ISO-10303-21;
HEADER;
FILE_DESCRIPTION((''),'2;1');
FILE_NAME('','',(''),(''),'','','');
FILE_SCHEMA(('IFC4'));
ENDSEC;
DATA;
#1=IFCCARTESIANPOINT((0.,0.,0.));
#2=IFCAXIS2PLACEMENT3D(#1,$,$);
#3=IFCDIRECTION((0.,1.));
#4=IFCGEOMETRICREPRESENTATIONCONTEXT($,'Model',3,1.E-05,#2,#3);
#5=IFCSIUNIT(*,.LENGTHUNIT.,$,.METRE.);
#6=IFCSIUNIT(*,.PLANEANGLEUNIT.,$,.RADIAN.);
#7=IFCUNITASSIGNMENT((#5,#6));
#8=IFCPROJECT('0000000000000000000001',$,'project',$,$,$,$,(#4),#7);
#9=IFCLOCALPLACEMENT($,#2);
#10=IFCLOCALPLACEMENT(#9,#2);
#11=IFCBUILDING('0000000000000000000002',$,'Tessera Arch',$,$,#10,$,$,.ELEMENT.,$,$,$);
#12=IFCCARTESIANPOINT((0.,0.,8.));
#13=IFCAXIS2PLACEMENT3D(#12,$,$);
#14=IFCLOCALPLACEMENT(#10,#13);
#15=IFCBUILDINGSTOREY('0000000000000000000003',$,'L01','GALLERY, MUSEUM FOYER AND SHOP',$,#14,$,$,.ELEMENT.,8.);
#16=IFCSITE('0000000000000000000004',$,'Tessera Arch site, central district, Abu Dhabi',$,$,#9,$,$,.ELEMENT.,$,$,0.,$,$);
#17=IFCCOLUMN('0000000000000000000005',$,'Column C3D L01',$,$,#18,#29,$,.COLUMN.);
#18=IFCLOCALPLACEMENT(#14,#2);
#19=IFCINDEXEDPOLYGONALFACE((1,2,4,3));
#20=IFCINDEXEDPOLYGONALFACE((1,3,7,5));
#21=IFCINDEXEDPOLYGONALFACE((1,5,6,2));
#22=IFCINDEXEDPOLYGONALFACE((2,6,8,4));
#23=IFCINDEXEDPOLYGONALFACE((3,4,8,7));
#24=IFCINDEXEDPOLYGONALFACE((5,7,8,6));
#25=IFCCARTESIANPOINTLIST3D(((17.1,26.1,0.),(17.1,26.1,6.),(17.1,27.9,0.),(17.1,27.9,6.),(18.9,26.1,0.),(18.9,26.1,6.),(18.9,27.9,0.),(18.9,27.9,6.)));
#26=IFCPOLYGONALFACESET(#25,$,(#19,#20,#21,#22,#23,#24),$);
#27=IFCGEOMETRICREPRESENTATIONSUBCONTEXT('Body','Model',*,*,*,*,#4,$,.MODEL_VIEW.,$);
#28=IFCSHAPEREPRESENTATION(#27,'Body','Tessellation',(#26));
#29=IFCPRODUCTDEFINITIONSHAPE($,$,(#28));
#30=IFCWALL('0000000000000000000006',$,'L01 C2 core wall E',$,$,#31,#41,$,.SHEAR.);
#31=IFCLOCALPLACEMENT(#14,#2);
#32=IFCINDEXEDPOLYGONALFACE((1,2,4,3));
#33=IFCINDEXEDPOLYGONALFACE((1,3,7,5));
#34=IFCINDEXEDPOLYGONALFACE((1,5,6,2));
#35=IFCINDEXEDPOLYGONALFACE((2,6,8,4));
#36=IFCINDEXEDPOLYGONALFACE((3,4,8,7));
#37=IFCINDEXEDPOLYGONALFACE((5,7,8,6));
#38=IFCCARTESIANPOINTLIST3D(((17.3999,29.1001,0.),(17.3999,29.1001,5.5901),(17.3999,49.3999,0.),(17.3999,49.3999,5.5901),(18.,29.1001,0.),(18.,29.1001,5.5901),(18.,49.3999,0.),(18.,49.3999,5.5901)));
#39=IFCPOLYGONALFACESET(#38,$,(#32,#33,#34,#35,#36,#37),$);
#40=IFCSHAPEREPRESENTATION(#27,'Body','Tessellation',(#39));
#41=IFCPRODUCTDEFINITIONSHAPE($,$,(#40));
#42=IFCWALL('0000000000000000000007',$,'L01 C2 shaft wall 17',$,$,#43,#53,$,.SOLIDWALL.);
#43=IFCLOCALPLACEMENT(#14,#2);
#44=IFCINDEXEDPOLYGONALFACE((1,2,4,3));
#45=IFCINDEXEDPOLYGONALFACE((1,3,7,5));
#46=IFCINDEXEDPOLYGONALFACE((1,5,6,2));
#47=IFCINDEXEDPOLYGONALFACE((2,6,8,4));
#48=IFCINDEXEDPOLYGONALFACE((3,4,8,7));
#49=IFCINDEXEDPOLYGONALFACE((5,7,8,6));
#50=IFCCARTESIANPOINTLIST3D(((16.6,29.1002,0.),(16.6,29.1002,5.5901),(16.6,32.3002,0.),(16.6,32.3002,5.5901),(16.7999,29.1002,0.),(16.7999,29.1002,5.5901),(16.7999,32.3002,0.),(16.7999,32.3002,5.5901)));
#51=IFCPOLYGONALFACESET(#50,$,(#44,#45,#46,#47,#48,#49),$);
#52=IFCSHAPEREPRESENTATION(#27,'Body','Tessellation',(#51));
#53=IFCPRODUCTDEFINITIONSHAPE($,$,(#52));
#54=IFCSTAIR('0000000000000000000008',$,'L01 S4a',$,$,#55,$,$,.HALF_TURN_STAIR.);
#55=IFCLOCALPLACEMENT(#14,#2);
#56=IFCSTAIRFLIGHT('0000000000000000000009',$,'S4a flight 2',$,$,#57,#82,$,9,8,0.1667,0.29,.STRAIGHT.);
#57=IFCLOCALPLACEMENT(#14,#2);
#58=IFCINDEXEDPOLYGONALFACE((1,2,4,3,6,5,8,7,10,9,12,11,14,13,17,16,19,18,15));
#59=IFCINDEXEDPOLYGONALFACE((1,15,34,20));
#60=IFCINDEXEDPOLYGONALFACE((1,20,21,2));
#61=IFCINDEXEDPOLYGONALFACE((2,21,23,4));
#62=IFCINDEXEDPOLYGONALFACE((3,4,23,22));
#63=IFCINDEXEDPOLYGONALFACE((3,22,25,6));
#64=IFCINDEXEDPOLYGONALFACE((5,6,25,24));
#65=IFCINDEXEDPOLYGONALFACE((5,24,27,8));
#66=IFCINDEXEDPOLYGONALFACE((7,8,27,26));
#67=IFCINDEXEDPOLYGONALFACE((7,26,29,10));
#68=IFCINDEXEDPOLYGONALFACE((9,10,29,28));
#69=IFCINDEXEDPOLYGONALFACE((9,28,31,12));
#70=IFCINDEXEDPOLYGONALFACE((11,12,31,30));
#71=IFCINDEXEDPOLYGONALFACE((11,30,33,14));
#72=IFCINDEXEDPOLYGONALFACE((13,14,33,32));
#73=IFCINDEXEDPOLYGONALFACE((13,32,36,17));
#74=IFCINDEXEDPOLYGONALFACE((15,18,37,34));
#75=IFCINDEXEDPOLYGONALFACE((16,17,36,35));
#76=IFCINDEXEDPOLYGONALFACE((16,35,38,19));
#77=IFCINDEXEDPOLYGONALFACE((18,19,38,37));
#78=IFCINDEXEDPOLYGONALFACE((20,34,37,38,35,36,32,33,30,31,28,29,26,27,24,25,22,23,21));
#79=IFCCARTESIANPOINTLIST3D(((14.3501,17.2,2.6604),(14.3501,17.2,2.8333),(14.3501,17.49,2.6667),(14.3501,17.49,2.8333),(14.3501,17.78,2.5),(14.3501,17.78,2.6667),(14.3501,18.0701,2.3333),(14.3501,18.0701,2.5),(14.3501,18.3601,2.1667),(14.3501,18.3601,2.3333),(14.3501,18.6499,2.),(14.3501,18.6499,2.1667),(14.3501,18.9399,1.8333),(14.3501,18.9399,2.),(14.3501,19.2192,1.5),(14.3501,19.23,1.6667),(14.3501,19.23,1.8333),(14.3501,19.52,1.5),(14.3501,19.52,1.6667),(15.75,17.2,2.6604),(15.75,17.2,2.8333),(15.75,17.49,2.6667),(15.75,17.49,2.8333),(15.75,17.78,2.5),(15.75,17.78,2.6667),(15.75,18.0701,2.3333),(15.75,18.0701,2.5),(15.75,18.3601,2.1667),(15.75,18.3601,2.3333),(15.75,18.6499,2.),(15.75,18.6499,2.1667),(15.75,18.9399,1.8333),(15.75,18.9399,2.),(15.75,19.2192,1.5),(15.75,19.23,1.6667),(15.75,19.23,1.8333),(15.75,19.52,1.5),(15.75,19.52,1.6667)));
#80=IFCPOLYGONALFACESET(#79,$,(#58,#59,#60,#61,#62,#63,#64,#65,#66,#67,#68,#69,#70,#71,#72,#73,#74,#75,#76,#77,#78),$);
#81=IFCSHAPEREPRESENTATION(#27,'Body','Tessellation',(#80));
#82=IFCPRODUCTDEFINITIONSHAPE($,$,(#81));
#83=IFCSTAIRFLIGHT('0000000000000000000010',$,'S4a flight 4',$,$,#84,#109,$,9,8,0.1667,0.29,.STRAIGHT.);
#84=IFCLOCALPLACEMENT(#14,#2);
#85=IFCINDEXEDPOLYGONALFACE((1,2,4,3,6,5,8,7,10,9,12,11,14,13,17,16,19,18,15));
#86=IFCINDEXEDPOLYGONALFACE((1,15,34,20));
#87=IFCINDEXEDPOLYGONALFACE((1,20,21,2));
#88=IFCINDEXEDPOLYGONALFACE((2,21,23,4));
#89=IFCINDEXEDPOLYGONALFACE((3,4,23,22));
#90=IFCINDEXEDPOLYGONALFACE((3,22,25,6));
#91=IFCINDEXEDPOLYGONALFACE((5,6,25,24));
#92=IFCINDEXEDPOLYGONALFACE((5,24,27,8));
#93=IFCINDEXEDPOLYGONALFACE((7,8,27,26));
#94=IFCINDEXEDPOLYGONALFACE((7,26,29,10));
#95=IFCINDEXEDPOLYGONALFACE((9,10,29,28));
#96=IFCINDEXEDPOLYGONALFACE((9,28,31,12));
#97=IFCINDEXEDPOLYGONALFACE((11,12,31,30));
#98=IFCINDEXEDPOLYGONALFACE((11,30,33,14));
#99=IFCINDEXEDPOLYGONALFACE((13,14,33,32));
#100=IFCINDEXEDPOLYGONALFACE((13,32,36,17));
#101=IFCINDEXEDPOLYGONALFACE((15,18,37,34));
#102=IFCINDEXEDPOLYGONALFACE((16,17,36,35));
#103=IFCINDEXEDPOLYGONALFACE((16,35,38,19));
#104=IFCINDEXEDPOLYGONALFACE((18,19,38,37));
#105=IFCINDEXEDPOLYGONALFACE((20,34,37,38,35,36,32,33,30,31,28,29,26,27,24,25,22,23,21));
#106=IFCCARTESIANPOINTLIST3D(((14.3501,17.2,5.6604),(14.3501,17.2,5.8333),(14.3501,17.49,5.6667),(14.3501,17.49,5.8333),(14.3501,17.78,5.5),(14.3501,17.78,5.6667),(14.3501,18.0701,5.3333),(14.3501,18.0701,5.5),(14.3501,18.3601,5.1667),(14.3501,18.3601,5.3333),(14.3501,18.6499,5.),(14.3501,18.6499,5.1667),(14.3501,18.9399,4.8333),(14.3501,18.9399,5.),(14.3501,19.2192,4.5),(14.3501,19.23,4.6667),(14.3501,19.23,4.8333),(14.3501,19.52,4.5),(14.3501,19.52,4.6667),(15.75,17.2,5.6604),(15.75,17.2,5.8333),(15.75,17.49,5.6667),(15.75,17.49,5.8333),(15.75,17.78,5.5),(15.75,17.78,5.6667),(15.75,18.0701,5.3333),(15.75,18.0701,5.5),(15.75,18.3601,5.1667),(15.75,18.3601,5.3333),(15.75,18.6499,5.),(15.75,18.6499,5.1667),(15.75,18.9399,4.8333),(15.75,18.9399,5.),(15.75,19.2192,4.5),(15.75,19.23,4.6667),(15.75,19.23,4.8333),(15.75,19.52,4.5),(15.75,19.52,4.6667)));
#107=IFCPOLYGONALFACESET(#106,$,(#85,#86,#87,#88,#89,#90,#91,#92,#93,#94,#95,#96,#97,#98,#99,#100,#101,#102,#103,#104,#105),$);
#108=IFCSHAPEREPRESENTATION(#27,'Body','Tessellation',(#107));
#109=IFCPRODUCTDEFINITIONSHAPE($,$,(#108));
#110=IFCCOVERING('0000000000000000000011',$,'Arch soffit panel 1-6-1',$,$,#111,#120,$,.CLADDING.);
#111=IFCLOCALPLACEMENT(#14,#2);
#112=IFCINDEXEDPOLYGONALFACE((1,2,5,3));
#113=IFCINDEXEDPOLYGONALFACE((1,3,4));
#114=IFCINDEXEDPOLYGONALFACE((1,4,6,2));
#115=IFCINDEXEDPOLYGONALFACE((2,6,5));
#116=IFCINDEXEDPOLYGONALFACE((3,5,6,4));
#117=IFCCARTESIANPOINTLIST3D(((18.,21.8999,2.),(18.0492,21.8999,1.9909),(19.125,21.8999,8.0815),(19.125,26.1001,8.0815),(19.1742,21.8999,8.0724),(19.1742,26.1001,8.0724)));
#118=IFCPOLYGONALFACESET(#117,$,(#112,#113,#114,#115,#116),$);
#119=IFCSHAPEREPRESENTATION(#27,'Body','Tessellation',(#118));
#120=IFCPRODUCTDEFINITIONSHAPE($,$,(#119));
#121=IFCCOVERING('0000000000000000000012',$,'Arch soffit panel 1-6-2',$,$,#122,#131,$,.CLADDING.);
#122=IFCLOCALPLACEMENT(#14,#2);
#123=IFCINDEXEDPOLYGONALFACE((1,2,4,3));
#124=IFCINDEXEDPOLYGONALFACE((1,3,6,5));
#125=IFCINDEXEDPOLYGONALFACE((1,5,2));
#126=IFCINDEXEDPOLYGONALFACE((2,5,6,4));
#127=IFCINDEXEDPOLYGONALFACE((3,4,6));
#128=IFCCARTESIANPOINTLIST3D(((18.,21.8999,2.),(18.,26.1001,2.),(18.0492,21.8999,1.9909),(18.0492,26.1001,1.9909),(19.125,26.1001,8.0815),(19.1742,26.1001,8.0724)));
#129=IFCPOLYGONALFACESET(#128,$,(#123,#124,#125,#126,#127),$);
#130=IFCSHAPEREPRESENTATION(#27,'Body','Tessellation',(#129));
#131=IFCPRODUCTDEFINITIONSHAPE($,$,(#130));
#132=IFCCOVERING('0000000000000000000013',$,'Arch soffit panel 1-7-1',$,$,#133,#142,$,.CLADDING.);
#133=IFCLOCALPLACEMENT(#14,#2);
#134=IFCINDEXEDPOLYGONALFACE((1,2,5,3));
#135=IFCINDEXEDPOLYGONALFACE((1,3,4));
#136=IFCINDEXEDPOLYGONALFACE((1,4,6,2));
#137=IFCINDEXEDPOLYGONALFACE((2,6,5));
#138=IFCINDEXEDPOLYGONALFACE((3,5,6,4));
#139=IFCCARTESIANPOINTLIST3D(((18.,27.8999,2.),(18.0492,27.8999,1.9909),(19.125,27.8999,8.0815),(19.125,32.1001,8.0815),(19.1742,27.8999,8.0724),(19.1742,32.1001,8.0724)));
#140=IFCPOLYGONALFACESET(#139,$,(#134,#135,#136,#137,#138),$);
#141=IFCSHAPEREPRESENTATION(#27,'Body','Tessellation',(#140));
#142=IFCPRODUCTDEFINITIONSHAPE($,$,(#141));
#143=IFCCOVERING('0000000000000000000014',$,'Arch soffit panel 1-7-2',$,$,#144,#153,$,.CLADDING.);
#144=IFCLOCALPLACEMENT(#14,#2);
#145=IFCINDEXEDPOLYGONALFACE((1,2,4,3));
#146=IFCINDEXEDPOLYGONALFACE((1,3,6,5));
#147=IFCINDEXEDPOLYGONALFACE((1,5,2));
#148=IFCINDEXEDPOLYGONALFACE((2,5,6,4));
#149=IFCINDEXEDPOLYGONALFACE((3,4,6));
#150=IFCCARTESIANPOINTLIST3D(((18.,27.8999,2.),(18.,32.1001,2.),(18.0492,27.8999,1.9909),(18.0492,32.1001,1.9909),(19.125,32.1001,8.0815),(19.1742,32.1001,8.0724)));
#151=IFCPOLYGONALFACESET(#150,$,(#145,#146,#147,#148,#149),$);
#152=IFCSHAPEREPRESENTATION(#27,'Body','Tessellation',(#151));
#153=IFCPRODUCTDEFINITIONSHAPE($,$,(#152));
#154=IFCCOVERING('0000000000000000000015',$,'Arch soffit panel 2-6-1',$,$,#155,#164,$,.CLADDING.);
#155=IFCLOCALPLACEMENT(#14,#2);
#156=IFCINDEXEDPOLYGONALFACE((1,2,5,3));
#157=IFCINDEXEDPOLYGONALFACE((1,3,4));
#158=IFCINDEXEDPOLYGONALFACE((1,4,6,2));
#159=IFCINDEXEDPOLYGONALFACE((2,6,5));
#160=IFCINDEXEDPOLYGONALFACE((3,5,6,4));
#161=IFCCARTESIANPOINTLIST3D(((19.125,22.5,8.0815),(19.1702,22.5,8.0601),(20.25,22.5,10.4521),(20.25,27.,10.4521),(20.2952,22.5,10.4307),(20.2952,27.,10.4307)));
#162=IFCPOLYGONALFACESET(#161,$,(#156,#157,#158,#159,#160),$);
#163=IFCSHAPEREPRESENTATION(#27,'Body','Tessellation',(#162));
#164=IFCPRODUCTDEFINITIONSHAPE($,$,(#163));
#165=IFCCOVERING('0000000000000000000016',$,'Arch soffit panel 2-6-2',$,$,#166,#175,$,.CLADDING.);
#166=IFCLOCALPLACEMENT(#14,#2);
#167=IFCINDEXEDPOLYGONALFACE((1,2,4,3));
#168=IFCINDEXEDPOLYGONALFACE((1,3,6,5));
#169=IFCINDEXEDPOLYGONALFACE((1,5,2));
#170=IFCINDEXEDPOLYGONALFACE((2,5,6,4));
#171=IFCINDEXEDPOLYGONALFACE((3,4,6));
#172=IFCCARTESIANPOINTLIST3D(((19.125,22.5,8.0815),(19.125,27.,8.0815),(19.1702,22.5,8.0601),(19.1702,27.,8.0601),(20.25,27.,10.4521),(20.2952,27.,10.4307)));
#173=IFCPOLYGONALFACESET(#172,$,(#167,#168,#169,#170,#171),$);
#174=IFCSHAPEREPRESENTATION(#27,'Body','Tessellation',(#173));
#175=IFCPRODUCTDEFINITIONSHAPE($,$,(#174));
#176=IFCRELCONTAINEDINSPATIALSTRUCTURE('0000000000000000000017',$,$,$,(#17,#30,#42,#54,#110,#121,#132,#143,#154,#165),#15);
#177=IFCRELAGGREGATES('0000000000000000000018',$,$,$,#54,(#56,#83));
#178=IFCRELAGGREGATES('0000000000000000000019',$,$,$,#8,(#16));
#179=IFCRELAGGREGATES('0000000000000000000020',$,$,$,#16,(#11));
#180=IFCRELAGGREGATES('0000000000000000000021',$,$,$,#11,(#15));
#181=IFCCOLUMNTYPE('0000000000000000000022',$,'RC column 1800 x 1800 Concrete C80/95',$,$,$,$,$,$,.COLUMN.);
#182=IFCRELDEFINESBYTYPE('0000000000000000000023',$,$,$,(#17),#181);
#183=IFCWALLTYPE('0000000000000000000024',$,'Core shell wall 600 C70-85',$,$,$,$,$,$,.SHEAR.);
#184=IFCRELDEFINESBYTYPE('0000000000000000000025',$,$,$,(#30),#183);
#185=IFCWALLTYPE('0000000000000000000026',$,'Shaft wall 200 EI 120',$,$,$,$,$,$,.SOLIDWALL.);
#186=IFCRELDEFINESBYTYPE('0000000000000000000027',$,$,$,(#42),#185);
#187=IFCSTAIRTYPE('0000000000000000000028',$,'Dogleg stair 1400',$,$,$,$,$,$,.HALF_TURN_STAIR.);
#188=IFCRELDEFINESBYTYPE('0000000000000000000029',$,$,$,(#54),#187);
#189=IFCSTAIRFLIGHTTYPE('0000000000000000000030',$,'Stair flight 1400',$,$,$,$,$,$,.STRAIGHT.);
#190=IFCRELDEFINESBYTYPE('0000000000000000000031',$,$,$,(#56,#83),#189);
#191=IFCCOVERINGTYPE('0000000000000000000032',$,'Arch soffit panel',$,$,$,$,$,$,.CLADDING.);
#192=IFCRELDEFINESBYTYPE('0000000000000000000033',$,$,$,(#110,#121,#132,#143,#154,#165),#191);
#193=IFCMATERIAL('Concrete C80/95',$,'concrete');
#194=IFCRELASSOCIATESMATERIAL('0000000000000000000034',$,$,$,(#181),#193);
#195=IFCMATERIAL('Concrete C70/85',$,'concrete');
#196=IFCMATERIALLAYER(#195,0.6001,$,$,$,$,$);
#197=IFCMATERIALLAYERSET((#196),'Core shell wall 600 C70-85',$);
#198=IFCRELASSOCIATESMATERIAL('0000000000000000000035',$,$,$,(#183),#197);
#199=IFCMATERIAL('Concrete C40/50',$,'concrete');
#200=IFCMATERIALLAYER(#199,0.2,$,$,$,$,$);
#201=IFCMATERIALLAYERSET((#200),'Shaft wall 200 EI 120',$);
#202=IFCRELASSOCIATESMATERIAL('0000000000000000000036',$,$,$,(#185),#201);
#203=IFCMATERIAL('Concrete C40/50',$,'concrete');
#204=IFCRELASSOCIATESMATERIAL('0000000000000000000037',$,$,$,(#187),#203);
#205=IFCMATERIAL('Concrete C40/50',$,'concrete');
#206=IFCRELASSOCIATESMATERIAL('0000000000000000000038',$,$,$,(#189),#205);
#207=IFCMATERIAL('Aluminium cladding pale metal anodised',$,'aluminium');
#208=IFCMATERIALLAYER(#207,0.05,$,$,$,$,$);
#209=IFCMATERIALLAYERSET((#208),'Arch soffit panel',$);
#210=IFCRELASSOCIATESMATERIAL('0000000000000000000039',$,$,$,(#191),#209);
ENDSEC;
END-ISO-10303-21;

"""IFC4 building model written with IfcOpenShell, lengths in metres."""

from ifc_helpers import new_model, si_unit, direction, frame, frame_2d, origin, origin_2d, place, context, subcontext, project, spatial, polyline, rectangle, outline, extrude, material, layer, layer_set, material_profile, profile_set, type_object, element, aggregate, save


model = new_model("IFC4")

# Units and contexts
model_context = context("Model", 3, precision=1e-05, world=origin(), true_north=direction((0.0, 1.0)))
body_context = subcontext(model_context, "Body", "Model", "MODEL_VIEW")
ifc_project = project(units=[si_unit("LENGTHUNIT", "METRE"), si_unit("PLANEANGLEUNIT", "RADIAN")], contexts=[model_context])

# Site, building, storey
site_placement = place(None, origin())
site = spatial("IfcSite", under=ifc_project, at=site_placement, Name="Tessera Arch site, central district, Abu Dhabi", CompositionType="ELEMENT", RefElevation=0.0)
building_placement = place(site_placement, origin())
building = spatial("IfcBuilding", under=site, at=building_placement, Name="Tessera Arch", CompositionType="ELEMENT")
storey_placement = place(building_placement, frame((0.0, 0.0, 8.0)))
storey = spatial("IfcBuildingStorey", under=building, at=storey_placement, Name="L01", Description="GALLERY, MUSEUM FOYER AND SHOP", CompositionType="ELEMENT", Elevation=8.0)

# Column
ifc_material_1 = material(Name="Concrete C80/95", Category="concrete")
ifc_material_profile = material_profile(ifc_material_1, rectangle(XDim=1.8, YDim=1.8, at=origin_2d()), Name="RC column 1800 x 1800 Concrete C80/95")
ifc_profile_set = profile_set([ifc_material_profile], Name="Concrete C80/95")
column_type = type_object("IfcColumnType", Name="RC column 1800 x 1800 Concrete C80/95", PredefinedType="COLUMN", material=ifc_profile_set)
column_placement = place(storey_placement, frame((18.0, 27.0, 0.0), z_axis=(0.0, 0.0, 1.0), x_axis=(1.0, 0.0, 0.0)))
element("IfcColumn", 1, at=column_placement, inside=storey, type_object=column_type, Name="Column C3D L01", PredefinedType="COLUMN", context=body_context, shape_type="SweptSolid", body=[
    extrude(rectangle(XDim=1.8, YDim=1.8, at=origin_2d()), origin(), (0.0, 0.0, 1.0), 6.0),
])

# Walls
ifc_material_2 = material(Name="Concrete C70/85", Category="concrete")
ifc_layer_1 = layer(ifc_material_2, 0.6001)
ifc_layer_set_1 = layer_set([ifc_layer_1], Name="Core shell wall 600 C70-85")
wall_type_1 = type_object("IfcWallType", Name="Core shell wall 600 C70-85", PredefinedType="SHEAR", material=ifc_layer_set_1)
wall_1_placement = place(storey_placement, frame((17.7, 29.1001, 0.0), z_axis=(0.0, 0.0, 1.0), x_axis=(0.0, 1.0, 0.0)))
element("IfcWall", 2, at=wall_1_placement, inside=storey, type_object=wall_type_1, Name="L01 C2 core wall E", PredefinedType="SHEAR", context=body_context, shape_type="SweptSolid", body=[
    extrude(rectangle(XDim=20.2998, YDim=0.6001, at=frame_2d((10.1499, 0.0))), origin(), (0.0, 0.0, 1.0), 5.5901),
])
ifc_material_3 = material(Name="Concrete C40/50", Category="concrete")
ifc_layer_2 = layer(ifc_material_3, 0.2)
ifc_layer_set_2 = layer_set([ifc_layer_2], Name="Shaft wall 200 EI 120")
wall_type_2 = type_object("IfcWallType", Name="Shaft wall 200 EI 120", PredefinedType="SOLIDWALL", material=ifc_layer_set_2)
wall_2_placement = place(storey_placement, frame((16.7, 29.1001, 0.0), z_axis=(0.0, 0.0, 1.0), x_axis=(0.0, 1.0, 0.0)))
element("IfcWall", 3, at=wall_2_placement, inside=storey, type_object=wall_type_2, Name="L01 C2 shaft wall 17", PredefinedType="SOLIDWALL", context=body_context, shape_type="SweptSolid", body=[
    extrude(rectangle(XDim=3.2, YDim=0.2, at=frame_2d((1.6001, 0.0))), origin(), (0.0, 0.0, 1.0), 5.5901),
])

# Stair, stair flights
ifc_material_4 = material(Name="Concrete C40/50", Category="concrete")
stair_type = type_object("IfcStairType", Name="Dogleg stair 1400", PredefinedType="HALF_TURN_STAIR", material=ifc_material_4)
stair_placement = place(storey_placement, origin())
stair = element("IfcStair", 4, at=stair_placement, inside=storey, type_object=stair_type, Name="L01 S4a", PredefinedType="HALF_TURN_STAIR")
ifc_material_5 = material(Name="Concrete C40/50", Category="concrete")
stair_flight_type = type_object("IfcStairFlightType", Name="Stair flight 1400", PredefinedType="STRAIGHT", material=ifc_material_5)
stair_flight_1_placement = place(storey_placement, frame((15.05, 19.52, 1.5), z_axis=(0.0, 0.0, 1.0), x_axis=(0.0, -1.0, 0.0)))
stair_flight_1 = element("IfcStairFlight", 5, at=stair_flight_1_placement, type_object=stair_flight_type, Name="S4a flight 2", NumberOfRisers=9, NumberOfTreads=8, PredefinedType="STRAIGHT", RiserHeight=0.1667, TreadLength=0.29, context=body_context, shape_type="SweptSolid", body=[
    extrude(outline(polyline([(0.0, 0.0), (0.0, 0.1667), (0.29, 0.1667), (0.29, 0.3333), (0.5801, 0.3333), (0.5801, 0.5), (0.8701, 0.5), (0.8701, 0.6667), (1.1599, 0.6667), (1.1599, 0.8333), (1.45, 0.8333), (1.45, 1.0), (1.74, 1.0), (1.74, 1.1667), (2.03, 1.1667), (2.03, 1.3333), (2.3201, 1.3333), (2.3201, 1.5), (2.3201, 1.1604), (0.3008, 0.0), (0.0, 0.0)])), frame((0.0, 0.7, 0.0), z_axis=(0.0, -1.0, 0.0), x_axis=(1.0, 0.0, 0.0)), (0.0, 0.0, 1.0), 1.3999),
])
stair_flight_2_placement = place(storey_placement, frame((15.05, 19.52, 4.5), z_axis=(0.0, 0.0, 1.0), x_axis=(0.0, -1.0, 0.0)))
stair_flight_2 = element("IfcStairFlight", 6, at=stair_flight_2_placement, type_object=stair_flight_type, Name="S4a flight 4", NumberOfRisers=9, NumberOfTreads=8, PredefinedType="STRAIGHT", RiserHeight=0.1667, TreadLength=0.29, context=body_context, shape_type="SweptSolid", body=[
    extrude(outline(polyline([(0.0, 0.0), (0.0, 0.1667), (0.29, 0.1667), (0.29, 0.3333), (0.5801, 0.3333), (0.5801, 0.5), (0.8701, 0.5), (0.8701, 0.6667), (1.1599, 0.6667), (1.1599, 0.8333), (1.45, 0.8333), (1.45, 1.0), (1.74, 1.0), (1.74, 1.1667), (2.03, 1.1667), (2.03, 1.3333), (2.3201, 1.3333), (2.3201, 1.5), (2.3201, 1.1604), (0.3008, 0.0), (0.0, 0.0)])), frame((0.0, 0.7, 0.0), z_axis=(0.0, -1.0, 0.0), x_axis=(1.0, 0.0, 0.0)), (0.0, 0.0, 1.0), 1.3999),
])
aggregate(stair, [stair_flight_1, stair_flight_2])

# Coverings
ifc_material_6 = material(Name="Aluminium cladding pale metal anodised", Category="aluminium")
ifc_layer_3 = layer(ifc_material_6, 0.05)
ifc_layer_set_3 = layer_set([ifc_layer_3], Name="Arch soffit panel")
covering_type = type_object("IfcCoveringType", Name="Arch soffit panel", PredefinedType="CLADDING", material=ifc_layer_set_3)
covering_1_placement = place(storey_placement, frame((18.0, 21.8999, 2.0), z_axis=(-0.983317, 0.0, 0.1819), x_axis=(0.1819, 0.0, 0.983317)))
element("IfcCovering", 7, at=covering_1_placement, inside=storey, type_object=covering_type, Name="Arch soffit panel 1-6-1", PredefinedType="CLADDING", context=body_context, shape_type="SweptSolid", body=[
    extrude(outline(polyline([(0.0, 0.0), (6.1847, 0.0), (6.1847, 4.2002), (0.0, 0.0)])), origin(), (0.0, 0.0, -1.0), 0.05),
])
covering_2_placement = place(storey_placement, frame((18.0, 21.8999, 2.0), z_axis=(-0.983317, 0.0, 0.1819), x_axis=(0.150479, 0.561815, 0.813462)))
element("IfcCovering", 8, at=covering_2_placement, inside=storey, type_object=covering_type, Name="Arch soffit panel 1-6-2", PredefinedType="CLADDING", context=body_context, shape_type="SweptSolid", body=[
    extrude(outline(polyline([(0.0, 0.0), (7.4761, 0.0), (2.3597, 3.4747), (0.0, 0.0)])), origin(), (0.0, 0.0, -1.0), 0.05),
])
covering_3_placement = place(storey_placement, frame((18.0, 27.8999, 2.0), z_axis=(-0.983317, 0.0, 0.1819), x_axis=(0.1819, 0.0, 0.983317)))
element("IfcCovering", 9, at=covering_3_placement, inside=storey, type_object=covering_type, Name="Arch soffit panel 1-7-1", PredefinedType="CLADDING", context=body_context, shape_type="SweptSolid", body=[
    extrude(outline(polyline([(0.0, 0.0), (6.1847, 0.0), (6.1847, 4.2002), (0.0, 0.0)])), origin(), (0.0, 0.0, -1.0), 0.05),
])
covering_4_placement = place(storey_placement, frame((18.0, 27.8999, 2.0), z_axis=(-0.983317, 0.0, 0.1819), x_axis=(0.150479, 0.561815, 0.813462)))
element("IfcCovering", 10, at=covering_4_placement, inside=storey, type_object=covering_type, Name="Arch soffit panel 1-7-2", PredefinedType="CLADDING", context=body_context, shape_type="SweptSolid", body=[
    extrude(outline(polyline([(0.0, 0.0), (7.4761, 0.0), (2.3597, 3.4747), (0.0, 0.0)])), origin(), (0.0, 0.0, -1.0), 0.05),
])
covering_5_placement = place(storey_placement, frame((19.125, 22.5, 8.0815), z_axis=(-0.903431, 0.0, 0.428734), x_axis=(0.428734, 0.0, 0.903431)))
element("IfcCovering", 11, at=covering_5_placement, inside=storey, type_object=covering_type, Name="Arch soffit panel 2-6-1", PredefinedType="CLADDING", context=body_context, shape_type="SweptSolid", body=[
    extrude(outline(polyline([(0.0, 0.0), (2.624, 0.0), (2.624, 4.5), (0.0, 0.0)])), origin(), (0.0, 0.0, -1.0), 0.05),
])
covering_6_placement = place(storey_placement, frame((19.125, 22.5, 8.0815), z_axis=(-0.903431, 0.0, 0.428734), x_axis=(0.215966, 0.863862, 0.455084)))
element("IfcCovering", 12, at=covering_6_placement, inside=storey, type_object=covering_type, Name="Arch soffit panel 2-6-2", PredefinedType="CLADDING", context=body_context, shape_type="SweptSolid", body=[
    extrude(outline(polyline([(0.0, 0.0), (5.2092, 0.0), (3.8874, 2.2668), (0.0, 0.0)])), origin(), (0.0, 0.0, -1.0), 0.05),
])

save(model, "model.ifc")
